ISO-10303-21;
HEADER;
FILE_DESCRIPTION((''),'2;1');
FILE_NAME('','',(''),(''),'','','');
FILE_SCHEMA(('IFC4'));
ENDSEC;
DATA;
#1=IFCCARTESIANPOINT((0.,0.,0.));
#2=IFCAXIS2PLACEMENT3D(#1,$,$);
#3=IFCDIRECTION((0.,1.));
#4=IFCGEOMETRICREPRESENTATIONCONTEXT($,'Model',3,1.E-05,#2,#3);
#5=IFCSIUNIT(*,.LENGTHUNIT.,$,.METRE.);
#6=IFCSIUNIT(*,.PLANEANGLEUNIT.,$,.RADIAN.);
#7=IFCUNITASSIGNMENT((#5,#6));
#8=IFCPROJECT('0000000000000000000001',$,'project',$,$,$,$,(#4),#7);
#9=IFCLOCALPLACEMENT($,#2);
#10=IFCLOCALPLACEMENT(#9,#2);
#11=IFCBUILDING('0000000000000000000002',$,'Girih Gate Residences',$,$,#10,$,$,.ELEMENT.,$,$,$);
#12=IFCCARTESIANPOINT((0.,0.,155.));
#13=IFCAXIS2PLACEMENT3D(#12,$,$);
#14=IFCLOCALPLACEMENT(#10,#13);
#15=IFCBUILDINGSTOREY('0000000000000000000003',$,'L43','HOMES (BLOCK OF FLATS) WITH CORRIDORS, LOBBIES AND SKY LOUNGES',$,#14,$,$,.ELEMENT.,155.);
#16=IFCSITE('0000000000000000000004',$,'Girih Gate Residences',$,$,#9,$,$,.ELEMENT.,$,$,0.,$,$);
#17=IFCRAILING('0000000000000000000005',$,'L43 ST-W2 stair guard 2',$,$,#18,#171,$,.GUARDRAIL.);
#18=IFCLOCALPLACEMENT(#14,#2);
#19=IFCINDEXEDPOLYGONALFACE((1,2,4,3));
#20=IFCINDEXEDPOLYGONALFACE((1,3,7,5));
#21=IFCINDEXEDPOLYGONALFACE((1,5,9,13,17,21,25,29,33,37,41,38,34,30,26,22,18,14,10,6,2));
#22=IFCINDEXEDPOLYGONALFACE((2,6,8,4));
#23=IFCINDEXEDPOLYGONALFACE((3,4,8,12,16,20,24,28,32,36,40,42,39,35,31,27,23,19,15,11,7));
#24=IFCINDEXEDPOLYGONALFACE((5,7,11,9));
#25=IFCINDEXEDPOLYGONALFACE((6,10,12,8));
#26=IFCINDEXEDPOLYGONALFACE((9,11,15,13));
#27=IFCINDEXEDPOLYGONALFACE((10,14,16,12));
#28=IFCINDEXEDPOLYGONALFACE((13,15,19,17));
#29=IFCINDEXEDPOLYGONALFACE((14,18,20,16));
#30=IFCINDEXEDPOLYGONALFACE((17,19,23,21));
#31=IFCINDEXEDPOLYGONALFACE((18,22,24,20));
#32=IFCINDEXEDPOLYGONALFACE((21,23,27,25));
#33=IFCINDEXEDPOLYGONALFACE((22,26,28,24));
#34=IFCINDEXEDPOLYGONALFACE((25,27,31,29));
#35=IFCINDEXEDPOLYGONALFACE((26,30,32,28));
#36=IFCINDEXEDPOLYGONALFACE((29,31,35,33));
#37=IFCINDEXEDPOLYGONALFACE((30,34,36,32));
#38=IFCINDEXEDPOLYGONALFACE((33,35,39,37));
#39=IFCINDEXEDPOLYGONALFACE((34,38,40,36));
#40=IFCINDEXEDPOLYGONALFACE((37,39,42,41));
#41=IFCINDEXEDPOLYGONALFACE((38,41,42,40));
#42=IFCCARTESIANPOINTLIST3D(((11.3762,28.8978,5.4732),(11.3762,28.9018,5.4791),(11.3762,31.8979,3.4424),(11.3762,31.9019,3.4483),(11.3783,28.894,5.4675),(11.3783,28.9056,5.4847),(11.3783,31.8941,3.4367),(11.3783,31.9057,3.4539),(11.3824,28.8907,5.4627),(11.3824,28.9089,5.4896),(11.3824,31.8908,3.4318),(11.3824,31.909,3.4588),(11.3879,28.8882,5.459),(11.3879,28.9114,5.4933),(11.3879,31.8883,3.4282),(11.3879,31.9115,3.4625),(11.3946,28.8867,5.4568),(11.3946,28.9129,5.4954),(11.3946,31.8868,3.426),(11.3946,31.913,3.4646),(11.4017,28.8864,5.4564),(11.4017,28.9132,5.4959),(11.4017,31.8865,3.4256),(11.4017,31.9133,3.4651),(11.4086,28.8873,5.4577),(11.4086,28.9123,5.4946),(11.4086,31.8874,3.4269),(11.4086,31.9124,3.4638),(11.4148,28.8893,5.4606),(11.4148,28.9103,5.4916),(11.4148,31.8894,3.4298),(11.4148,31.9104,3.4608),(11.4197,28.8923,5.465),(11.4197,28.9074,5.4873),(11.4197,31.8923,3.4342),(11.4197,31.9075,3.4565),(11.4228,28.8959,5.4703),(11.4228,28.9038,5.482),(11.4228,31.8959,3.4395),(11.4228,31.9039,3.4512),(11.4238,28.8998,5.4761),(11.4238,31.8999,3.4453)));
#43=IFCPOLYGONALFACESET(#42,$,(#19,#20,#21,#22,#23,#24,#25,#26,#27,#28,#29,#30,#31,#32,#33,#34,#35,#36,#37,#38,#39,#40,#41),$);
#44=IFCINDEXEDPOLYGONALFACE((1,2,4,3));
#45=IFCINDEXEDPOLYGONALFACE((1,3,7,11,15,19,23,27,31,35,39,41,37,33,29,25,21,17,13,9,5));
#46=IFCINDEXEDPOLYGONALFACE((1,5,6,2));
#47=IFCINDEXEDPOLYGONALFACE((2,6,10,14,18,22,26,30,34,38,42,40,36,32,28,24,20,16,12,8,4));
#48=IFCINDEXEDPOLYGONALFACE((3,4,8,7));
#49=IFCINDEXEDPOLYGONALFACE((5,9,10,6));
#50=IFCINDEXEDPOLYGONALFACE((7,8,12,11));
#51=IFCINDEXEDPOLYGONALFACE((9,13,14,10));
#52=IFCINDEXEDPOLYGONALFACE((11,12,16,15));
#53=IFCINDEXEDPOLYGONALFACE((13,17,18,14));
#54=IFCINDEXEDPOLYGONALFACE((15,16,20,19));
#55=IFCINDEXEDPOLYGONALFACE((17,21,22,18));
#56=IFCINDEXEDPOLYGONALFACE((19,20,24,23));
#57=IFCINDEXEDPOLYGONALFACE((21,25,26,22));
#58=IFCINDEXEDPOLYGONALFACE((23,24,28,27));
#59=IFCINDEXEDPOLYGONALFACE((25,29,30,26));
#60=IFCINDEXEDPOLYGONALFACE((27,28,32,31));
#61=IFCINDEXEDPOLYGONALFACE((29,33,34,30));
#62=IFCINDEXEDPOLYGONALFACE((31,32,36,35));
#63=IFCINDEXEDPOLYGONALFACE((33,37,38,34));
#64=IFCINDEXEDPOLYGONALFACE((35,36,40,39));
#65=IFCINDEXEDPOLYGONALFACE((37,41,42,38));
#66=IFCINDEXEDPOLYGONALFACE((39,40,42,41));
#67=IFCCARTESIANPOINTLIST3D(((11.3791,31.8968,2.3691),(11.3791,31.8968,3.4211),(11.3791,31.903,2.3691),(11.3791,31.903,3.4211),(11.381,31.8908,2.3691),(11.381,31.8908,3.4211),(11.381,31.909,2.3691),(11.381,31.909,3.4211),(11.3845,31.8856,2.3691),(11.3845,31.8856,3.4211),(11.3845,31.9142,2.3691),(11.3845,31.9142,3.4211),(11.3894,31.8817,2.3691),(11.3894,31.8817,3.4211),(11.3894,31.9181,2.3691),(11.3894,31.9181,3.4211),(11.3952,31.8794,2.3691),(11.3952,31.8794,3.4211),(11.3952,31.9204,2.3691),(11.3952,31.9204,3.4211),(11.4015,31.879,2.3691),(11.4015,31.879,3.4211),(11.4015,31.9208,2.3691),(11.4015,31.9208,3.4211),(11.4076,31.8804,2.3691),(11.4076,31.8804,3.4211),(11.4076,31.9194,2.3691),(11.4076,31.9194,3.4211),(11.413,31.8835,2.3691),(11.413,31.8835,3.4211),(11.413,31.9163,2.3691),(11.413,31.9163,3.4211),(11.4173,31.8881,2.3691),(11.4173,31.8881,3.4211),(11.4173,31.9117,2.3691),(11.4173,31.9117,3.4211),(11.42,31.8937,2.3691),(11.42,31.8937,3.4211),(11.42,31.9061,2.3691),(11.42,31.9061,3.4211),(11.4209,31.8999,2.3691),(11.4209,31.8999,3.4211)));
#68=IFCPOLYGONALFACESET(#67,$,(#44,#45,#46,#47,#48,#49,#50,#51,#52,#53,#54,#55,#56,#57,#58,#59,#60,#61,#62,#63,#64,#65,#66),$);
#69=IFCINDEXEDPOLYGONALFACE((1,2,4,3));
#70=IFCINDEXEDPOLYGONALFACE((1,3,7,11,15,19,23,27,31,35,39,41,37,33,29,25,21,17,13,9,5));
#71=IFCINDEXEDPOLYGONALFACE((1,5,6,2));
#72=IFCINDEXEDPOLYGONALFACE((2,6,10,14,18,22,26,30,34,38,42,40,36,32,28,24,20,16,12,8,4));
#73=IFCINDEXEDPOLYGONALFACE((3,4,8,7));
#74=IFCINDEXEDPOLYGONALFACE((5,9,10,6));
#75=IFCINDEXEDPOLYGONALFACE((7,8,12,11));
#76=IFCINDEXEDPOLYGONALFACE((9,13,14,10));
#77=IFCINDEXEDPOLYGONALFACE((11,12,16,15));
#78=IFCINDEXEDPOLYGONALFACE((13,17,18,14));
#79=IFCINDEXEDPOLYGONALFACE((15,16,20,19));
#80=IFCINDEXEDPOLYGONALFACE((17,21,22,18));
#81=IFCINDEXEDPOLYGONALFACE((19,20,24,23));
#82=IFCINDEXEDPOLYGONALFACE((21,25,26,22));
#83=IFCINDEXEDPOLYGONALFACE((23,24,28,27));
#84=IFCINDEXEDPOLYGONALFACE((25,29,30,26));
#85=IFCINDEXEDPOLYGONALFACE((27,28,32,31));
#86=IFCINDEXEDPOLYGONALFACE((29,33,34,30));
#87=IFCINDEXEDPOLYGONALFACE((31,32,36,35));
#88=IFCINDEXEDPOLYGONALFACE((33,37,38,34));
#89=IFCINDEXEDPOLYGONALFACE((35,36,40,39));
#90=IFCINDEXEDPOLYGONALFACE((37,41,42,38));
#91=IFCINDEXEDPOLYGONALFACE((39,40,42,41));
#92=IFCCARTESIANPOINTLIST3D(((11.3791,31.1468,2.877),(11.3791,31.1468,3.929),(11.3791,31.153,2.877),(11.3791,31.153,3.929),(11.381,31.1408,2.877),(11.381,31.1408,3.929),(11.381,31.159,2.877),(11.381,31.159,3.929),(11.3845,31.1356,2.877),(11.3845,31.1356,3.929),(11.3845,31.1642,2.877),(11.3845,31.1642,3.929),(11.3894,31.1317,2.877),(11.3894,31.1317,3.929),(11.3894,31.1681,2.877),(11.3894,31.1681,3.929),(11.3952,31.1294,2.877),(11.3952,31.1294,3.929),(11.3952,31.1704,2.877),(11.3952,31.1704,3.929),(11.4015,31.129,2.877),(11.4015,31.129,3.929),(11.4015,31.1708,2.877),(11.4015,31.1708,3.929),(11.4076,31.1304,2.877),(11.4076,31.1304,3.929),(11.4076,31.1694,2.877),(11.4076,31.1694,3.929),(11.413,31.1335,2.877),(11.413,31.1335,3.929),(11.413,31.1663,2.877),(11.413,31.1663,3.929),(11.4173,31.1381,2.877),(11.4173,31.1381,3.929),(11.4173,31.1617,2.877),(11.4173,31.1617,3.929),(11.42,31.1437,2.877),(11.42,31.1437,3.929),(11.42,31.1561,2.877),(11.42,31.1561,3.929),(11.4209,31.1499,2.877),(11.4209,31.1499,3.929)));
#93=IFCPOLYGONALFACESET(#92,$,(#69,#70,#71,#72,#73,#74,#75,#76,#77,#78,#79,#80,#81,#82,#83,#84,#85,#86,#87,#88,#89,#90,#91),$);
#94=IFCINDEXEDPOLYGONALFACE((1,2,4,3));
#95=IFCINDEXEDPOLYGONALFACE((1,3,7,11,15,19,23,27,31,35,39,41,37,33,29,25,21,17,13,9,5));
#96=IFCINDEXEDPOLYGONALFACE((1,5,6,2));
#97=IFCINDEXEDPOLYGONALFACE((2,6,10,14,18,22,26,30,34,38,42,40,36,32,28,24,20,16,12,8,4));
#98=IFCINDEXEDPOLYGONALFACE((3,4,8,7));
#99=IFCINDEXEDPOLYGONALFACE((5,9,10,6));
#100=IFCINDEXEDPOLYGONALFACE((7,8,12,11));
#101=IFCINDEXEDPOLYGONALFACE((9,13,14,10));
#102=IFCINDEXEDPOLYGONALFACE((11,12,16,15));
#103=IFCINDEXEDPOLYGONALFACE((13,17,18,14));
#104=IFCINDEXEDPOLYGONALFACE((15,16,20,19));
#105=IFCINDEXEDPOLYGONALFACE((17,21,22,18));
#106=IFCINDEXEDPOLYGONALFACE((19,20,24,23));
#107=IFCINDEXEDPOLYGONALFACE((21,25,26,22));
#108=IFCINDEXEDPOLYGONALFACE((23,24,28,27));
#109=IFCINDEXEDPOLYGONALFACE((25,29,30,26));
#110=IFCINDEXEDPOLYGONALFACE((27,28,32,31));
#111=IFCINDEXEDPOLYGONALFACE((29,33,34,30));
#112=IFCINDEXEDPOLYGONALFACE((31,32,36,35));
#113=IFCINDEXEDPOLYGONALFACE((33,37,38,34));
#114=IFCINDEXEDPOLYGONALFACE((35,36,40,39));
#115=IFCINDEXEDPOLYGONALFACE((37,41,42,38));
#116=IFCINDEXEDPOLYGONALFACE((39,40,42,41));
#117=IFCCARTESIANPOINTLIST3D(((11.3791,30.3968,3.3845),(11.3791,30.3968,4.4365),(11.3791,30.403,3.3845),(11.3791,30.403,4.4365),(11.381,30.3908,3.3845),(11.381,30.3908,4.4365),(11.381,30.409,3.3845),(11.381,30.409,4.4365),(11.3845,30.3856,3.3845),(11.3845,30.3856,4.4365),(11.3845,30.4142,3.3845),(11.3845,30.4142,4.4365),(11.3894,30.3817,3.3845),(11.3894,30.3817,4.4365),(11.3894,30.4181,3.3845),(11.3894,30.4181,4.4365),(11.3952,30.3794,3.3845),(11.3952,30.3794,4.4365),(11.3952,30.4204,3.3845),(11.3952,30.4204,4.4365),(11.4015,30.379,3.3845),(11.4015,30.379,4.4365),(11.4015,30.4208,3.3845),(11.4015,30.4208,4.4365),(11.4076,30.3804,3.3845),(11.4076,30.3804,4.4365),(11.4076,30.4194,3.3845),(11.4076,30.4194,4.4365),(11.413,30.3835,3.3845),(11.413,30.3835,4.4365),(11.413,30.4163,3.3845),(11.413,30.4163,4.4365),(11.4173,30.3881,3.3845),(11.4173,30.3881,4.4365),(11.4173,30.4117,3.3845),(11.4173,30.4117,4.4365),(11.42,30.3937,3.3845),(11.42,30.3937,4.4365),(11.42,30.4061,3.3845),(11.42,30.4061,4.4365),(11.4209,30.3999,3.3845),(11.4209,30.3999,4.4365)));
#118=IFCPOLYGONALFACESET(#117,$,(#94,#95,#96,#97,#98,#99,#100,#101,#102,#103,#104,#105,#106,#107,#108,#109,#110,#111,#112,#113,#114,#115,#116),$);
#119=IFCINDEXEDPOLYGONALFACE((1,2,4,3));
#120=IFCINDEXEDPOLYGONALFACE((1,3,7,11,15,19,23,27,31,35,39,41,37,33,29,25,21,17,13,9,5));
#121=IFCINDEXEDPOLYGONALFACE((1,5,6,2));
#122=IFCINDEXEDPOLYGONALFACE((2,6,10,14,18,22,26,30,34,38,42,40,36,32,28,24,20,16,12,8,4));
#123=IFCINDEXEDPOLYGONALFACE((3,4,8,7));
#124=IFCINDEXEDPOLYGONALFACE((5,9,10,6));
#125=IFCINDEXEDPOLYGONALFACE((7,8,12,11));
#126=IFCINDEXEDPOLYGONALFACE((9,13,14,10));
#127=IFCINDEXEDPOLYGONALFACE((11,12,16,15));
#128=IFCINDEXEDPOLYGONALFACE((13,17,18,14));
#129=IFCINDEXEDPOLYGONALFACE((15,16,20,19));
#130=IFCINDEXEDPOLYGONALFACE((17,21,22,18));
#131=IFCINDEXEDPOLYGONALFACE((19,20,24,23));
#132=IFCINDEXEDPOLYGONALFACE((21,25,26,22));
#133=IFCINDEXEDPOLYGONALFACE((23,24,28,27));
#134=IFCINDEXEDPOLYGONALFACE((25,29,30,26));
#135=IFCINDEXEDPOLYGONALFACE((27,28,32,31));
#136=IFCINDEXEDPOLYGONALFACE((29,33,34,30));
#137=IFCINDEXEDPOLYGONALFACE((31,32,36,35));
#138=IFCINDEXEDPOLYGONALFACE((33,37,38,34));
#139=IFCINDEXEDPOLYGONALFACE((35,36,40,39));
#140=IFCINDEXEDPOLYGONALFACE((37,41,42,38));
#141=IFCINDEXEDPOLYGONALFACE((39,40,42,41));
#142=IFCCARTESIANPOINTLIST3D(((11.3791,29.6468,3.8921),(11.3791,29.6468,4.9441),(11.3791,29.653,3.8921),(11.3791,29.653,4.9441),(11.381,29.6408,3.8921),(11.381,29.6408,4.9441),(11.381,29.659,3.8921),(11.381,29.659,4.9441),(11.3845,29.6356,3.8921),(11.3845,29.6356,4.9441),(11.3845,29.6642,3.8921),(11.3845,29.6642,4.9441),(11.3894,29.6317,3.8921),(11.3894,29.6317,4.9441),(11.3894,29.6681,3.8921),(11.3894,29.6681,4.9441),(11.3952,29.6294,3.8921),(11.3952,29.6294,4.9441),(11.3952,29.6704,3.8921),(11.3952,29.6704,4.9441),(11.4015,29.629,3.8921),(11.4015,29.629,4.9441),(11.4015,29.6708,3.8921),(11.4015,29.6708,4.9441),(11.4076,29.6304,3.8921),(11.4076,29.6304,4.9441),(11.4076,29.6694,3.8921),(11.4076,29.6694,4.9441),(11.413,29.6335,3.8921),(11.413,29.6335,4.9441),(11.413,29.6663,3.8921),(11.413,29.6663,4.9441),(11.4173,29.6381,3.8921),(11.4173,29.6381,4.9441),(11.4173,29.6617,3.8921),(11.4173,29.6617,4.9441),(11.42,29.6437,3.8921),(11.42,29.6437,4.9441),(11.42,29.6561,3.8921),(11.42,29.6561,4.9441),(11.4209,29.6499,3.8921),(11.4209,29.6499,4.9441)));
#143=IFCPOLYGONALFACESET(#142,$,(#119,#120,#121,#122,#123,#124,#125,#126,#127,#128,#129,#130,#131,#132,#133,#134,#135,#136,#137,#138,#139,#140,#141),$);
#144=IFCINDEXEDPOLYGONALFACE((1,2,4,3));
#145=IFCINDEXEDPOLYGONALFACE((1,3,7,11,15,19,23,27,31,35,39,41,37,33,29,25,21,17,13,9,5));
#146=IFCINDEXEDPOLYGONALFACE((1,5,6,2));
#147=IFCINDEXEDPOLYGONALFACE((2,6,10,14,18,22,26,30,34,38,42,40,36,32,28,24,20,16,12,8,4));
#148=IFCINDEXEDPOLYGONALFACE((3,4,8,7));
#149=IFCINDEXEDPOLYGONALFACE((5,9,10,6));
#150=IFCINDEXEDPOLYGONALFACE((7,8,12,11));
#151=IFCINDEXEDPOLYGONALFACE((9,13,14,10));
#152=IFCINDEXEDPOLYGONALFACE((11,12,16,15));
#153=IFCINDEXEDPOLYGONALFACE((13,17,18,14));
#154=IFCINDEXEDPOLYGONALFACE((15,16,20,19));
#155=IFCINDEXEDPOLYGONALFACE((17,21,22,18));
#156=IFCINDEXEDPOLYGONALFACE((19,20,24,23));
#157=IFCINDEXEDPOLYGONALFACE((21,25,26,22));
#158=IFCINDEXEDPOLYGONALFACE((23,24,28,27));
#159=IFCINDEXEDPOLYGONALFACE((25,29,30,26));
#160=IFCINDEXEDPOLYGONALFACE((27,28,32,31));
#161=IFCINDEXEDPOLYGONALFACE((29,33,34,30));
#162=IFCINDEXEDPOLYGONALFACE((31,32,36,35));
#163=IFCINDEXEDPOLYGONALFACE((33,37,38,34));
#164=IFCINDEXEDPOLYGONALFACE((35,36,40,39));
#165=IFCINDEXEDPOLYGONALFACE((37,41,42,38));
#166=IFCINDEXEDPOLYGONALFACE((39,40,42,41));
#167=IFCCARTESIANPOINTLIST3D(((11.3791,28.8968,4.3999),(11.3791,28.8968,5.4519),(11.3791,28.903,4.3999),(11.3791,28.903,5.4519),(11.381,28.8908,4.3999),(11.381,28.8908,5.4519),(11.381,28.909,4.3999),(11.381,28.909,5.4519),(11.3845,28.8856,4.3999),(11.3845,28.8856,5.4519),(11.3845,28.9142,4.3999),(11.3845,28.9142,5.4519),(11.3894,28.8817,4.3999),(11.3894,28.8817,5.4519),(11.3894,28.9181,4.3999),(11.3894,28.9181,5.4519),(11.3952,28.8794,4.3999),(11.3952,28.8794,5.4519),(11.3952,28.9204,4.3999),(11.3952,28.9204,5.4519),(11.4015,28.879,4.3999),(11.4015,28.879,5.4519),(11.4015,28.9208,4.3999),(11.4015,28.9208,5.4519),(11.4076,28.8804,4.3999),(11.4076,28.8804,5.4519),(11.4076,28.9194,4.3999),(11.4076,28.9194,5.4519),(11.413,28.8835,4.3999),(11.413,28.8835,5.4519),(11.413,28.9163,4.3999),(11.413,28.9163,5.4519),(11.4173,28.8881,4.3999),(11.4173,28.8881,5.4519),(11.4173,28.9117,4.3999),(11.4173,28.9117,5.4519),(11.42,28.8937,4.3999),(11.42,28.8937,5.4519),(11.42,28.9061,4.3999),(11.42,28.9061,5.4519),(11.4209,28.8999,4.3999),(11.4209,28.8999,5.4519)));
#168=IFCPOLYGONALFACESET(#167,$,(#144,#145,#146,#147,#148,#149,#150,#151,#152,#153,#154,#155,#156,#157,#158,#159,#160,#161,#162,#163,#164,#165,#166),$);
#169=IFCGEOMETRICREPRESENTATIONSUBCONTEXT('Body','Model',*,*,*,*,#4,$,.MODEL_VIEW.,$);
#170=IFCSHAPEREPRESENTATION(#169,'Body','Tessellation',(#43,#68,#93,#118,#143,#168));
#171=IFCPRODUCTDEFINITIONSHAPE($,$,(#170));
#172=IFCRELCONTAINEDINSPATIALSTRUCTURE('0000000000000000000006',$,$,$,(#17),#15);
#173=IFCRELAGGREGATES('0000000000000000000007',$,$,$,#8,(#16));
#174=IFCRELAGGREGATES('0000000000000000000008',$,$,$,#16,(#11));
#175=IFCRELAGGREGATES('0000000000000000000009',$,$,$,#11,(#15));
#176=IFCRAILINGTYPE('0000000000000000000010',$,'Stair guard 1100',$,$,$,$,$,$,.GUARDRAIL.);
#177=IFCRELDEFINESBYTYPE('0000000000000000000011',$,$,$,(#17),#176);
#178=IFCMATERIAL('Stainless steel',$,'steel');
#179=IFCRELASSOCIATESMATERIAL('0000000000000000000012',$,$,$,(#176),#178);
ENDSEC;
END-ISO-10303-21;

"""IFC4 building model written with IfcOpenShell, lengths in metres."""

from ifc_helpers import new_model, si_unit, direction, frame, origin, origin_2d, place, context, subcontext, project, spatial, circle, extrude, material, type_object, element, save


model = new_model("IFC4")

# Units and contexts
model_context = context("Model", 3, precision=1e-05, world=origin(), true_north=direction((0.0, 1.0)))
body_context = subcontext(model_context, "Body", "Model", "MODEL_VIEW")
ifc_project = project(units=[si_unit("LENGTHUNIT", "METRE"), si_unit("PLANEANGLEUNIT", "RADIAN")], contexts=[model_context])

# Site, building, storey
site_placement = place(None, origin())
site = spatial("IfcSite", under=ifc_project, at=site_placement, Name="Girih Gate Residences", CompositionType="ELEMENT", RefElevation=0.0)
building_placement = place(site_placement, origin())
building = spatial("IfcBuilding", under=site, at=building_placement, Name="Girih Gate Residences", CompositionType="ELEMENT")
storey_placement = place(building_placement, frame((0.0, 0.0, 155.0)))
storey = spatial("IfcBuildingStorey", under=building, at=storey_placement, Name="L43", Description="HOMES (BLOCK OF FLATS) WITH CORRIDORS, LOBBIES AND SKY LOUNGES", CompositionType="ELEMENT", Elevation=155.0)

# Railing
ifc_material_1 = material(Name="Stainless steel", Category="steel")
railing_type_1 = type_object("IfcRailingType", Name="Stair guard 1100", PredefinedType="GUARDRAIL", material=ifc_material_1)
railing_1_placement = place(storey_placement, frame((11.3999, 31.8999, 2.3691)))
element("IfcRailing", 1, at=railing_1_placement, inside=storey, type_object=railing_type_1, Name="L43 ST-W2 stair guard 2", PredefinedType="GUARDRAIL", context=body_context, shape_type="SweptSolid", body=[
    extrude(circle(Radius=0.0239, at=origin_2d()), frame((0.0, 0.0, 1.0762), z_axis=(0.0, -0.82811, 0.560565), x_axis=(1.0, 0.0, 0.0)), (0.0, 0.0, 1.0), 3.6228),
    extrude(circle(Radius=0.021, at=origin_2d()), origin(), (0.0, 0.0, 1.0), 1.052),
    extrude(circle(Radius=0.021, at=origin_2d()), frame((0.0, -0.75, 0.5078)), (0.0, 0.0, 1.0), 1.052),
    extrude(circle(Radius=0.021, at=origin_2d()), frame((0.0, -1.5, 1.0154)), (0.0, 0.0, 1.0), 1.052),
    extrude(circle(Radius=0.021, at=origin_2d()), frame((0.0, -2.25, 1.5229)), (0.0, 0.0, 1.0), 1.052),
    extrude(circle(Radius=0.021, at=origin_2d()), frame((0.0, -3.0, 2.0308)), (0.0, 0.0, 1.0), 1.052),
])

save(model, "model.ifc")
